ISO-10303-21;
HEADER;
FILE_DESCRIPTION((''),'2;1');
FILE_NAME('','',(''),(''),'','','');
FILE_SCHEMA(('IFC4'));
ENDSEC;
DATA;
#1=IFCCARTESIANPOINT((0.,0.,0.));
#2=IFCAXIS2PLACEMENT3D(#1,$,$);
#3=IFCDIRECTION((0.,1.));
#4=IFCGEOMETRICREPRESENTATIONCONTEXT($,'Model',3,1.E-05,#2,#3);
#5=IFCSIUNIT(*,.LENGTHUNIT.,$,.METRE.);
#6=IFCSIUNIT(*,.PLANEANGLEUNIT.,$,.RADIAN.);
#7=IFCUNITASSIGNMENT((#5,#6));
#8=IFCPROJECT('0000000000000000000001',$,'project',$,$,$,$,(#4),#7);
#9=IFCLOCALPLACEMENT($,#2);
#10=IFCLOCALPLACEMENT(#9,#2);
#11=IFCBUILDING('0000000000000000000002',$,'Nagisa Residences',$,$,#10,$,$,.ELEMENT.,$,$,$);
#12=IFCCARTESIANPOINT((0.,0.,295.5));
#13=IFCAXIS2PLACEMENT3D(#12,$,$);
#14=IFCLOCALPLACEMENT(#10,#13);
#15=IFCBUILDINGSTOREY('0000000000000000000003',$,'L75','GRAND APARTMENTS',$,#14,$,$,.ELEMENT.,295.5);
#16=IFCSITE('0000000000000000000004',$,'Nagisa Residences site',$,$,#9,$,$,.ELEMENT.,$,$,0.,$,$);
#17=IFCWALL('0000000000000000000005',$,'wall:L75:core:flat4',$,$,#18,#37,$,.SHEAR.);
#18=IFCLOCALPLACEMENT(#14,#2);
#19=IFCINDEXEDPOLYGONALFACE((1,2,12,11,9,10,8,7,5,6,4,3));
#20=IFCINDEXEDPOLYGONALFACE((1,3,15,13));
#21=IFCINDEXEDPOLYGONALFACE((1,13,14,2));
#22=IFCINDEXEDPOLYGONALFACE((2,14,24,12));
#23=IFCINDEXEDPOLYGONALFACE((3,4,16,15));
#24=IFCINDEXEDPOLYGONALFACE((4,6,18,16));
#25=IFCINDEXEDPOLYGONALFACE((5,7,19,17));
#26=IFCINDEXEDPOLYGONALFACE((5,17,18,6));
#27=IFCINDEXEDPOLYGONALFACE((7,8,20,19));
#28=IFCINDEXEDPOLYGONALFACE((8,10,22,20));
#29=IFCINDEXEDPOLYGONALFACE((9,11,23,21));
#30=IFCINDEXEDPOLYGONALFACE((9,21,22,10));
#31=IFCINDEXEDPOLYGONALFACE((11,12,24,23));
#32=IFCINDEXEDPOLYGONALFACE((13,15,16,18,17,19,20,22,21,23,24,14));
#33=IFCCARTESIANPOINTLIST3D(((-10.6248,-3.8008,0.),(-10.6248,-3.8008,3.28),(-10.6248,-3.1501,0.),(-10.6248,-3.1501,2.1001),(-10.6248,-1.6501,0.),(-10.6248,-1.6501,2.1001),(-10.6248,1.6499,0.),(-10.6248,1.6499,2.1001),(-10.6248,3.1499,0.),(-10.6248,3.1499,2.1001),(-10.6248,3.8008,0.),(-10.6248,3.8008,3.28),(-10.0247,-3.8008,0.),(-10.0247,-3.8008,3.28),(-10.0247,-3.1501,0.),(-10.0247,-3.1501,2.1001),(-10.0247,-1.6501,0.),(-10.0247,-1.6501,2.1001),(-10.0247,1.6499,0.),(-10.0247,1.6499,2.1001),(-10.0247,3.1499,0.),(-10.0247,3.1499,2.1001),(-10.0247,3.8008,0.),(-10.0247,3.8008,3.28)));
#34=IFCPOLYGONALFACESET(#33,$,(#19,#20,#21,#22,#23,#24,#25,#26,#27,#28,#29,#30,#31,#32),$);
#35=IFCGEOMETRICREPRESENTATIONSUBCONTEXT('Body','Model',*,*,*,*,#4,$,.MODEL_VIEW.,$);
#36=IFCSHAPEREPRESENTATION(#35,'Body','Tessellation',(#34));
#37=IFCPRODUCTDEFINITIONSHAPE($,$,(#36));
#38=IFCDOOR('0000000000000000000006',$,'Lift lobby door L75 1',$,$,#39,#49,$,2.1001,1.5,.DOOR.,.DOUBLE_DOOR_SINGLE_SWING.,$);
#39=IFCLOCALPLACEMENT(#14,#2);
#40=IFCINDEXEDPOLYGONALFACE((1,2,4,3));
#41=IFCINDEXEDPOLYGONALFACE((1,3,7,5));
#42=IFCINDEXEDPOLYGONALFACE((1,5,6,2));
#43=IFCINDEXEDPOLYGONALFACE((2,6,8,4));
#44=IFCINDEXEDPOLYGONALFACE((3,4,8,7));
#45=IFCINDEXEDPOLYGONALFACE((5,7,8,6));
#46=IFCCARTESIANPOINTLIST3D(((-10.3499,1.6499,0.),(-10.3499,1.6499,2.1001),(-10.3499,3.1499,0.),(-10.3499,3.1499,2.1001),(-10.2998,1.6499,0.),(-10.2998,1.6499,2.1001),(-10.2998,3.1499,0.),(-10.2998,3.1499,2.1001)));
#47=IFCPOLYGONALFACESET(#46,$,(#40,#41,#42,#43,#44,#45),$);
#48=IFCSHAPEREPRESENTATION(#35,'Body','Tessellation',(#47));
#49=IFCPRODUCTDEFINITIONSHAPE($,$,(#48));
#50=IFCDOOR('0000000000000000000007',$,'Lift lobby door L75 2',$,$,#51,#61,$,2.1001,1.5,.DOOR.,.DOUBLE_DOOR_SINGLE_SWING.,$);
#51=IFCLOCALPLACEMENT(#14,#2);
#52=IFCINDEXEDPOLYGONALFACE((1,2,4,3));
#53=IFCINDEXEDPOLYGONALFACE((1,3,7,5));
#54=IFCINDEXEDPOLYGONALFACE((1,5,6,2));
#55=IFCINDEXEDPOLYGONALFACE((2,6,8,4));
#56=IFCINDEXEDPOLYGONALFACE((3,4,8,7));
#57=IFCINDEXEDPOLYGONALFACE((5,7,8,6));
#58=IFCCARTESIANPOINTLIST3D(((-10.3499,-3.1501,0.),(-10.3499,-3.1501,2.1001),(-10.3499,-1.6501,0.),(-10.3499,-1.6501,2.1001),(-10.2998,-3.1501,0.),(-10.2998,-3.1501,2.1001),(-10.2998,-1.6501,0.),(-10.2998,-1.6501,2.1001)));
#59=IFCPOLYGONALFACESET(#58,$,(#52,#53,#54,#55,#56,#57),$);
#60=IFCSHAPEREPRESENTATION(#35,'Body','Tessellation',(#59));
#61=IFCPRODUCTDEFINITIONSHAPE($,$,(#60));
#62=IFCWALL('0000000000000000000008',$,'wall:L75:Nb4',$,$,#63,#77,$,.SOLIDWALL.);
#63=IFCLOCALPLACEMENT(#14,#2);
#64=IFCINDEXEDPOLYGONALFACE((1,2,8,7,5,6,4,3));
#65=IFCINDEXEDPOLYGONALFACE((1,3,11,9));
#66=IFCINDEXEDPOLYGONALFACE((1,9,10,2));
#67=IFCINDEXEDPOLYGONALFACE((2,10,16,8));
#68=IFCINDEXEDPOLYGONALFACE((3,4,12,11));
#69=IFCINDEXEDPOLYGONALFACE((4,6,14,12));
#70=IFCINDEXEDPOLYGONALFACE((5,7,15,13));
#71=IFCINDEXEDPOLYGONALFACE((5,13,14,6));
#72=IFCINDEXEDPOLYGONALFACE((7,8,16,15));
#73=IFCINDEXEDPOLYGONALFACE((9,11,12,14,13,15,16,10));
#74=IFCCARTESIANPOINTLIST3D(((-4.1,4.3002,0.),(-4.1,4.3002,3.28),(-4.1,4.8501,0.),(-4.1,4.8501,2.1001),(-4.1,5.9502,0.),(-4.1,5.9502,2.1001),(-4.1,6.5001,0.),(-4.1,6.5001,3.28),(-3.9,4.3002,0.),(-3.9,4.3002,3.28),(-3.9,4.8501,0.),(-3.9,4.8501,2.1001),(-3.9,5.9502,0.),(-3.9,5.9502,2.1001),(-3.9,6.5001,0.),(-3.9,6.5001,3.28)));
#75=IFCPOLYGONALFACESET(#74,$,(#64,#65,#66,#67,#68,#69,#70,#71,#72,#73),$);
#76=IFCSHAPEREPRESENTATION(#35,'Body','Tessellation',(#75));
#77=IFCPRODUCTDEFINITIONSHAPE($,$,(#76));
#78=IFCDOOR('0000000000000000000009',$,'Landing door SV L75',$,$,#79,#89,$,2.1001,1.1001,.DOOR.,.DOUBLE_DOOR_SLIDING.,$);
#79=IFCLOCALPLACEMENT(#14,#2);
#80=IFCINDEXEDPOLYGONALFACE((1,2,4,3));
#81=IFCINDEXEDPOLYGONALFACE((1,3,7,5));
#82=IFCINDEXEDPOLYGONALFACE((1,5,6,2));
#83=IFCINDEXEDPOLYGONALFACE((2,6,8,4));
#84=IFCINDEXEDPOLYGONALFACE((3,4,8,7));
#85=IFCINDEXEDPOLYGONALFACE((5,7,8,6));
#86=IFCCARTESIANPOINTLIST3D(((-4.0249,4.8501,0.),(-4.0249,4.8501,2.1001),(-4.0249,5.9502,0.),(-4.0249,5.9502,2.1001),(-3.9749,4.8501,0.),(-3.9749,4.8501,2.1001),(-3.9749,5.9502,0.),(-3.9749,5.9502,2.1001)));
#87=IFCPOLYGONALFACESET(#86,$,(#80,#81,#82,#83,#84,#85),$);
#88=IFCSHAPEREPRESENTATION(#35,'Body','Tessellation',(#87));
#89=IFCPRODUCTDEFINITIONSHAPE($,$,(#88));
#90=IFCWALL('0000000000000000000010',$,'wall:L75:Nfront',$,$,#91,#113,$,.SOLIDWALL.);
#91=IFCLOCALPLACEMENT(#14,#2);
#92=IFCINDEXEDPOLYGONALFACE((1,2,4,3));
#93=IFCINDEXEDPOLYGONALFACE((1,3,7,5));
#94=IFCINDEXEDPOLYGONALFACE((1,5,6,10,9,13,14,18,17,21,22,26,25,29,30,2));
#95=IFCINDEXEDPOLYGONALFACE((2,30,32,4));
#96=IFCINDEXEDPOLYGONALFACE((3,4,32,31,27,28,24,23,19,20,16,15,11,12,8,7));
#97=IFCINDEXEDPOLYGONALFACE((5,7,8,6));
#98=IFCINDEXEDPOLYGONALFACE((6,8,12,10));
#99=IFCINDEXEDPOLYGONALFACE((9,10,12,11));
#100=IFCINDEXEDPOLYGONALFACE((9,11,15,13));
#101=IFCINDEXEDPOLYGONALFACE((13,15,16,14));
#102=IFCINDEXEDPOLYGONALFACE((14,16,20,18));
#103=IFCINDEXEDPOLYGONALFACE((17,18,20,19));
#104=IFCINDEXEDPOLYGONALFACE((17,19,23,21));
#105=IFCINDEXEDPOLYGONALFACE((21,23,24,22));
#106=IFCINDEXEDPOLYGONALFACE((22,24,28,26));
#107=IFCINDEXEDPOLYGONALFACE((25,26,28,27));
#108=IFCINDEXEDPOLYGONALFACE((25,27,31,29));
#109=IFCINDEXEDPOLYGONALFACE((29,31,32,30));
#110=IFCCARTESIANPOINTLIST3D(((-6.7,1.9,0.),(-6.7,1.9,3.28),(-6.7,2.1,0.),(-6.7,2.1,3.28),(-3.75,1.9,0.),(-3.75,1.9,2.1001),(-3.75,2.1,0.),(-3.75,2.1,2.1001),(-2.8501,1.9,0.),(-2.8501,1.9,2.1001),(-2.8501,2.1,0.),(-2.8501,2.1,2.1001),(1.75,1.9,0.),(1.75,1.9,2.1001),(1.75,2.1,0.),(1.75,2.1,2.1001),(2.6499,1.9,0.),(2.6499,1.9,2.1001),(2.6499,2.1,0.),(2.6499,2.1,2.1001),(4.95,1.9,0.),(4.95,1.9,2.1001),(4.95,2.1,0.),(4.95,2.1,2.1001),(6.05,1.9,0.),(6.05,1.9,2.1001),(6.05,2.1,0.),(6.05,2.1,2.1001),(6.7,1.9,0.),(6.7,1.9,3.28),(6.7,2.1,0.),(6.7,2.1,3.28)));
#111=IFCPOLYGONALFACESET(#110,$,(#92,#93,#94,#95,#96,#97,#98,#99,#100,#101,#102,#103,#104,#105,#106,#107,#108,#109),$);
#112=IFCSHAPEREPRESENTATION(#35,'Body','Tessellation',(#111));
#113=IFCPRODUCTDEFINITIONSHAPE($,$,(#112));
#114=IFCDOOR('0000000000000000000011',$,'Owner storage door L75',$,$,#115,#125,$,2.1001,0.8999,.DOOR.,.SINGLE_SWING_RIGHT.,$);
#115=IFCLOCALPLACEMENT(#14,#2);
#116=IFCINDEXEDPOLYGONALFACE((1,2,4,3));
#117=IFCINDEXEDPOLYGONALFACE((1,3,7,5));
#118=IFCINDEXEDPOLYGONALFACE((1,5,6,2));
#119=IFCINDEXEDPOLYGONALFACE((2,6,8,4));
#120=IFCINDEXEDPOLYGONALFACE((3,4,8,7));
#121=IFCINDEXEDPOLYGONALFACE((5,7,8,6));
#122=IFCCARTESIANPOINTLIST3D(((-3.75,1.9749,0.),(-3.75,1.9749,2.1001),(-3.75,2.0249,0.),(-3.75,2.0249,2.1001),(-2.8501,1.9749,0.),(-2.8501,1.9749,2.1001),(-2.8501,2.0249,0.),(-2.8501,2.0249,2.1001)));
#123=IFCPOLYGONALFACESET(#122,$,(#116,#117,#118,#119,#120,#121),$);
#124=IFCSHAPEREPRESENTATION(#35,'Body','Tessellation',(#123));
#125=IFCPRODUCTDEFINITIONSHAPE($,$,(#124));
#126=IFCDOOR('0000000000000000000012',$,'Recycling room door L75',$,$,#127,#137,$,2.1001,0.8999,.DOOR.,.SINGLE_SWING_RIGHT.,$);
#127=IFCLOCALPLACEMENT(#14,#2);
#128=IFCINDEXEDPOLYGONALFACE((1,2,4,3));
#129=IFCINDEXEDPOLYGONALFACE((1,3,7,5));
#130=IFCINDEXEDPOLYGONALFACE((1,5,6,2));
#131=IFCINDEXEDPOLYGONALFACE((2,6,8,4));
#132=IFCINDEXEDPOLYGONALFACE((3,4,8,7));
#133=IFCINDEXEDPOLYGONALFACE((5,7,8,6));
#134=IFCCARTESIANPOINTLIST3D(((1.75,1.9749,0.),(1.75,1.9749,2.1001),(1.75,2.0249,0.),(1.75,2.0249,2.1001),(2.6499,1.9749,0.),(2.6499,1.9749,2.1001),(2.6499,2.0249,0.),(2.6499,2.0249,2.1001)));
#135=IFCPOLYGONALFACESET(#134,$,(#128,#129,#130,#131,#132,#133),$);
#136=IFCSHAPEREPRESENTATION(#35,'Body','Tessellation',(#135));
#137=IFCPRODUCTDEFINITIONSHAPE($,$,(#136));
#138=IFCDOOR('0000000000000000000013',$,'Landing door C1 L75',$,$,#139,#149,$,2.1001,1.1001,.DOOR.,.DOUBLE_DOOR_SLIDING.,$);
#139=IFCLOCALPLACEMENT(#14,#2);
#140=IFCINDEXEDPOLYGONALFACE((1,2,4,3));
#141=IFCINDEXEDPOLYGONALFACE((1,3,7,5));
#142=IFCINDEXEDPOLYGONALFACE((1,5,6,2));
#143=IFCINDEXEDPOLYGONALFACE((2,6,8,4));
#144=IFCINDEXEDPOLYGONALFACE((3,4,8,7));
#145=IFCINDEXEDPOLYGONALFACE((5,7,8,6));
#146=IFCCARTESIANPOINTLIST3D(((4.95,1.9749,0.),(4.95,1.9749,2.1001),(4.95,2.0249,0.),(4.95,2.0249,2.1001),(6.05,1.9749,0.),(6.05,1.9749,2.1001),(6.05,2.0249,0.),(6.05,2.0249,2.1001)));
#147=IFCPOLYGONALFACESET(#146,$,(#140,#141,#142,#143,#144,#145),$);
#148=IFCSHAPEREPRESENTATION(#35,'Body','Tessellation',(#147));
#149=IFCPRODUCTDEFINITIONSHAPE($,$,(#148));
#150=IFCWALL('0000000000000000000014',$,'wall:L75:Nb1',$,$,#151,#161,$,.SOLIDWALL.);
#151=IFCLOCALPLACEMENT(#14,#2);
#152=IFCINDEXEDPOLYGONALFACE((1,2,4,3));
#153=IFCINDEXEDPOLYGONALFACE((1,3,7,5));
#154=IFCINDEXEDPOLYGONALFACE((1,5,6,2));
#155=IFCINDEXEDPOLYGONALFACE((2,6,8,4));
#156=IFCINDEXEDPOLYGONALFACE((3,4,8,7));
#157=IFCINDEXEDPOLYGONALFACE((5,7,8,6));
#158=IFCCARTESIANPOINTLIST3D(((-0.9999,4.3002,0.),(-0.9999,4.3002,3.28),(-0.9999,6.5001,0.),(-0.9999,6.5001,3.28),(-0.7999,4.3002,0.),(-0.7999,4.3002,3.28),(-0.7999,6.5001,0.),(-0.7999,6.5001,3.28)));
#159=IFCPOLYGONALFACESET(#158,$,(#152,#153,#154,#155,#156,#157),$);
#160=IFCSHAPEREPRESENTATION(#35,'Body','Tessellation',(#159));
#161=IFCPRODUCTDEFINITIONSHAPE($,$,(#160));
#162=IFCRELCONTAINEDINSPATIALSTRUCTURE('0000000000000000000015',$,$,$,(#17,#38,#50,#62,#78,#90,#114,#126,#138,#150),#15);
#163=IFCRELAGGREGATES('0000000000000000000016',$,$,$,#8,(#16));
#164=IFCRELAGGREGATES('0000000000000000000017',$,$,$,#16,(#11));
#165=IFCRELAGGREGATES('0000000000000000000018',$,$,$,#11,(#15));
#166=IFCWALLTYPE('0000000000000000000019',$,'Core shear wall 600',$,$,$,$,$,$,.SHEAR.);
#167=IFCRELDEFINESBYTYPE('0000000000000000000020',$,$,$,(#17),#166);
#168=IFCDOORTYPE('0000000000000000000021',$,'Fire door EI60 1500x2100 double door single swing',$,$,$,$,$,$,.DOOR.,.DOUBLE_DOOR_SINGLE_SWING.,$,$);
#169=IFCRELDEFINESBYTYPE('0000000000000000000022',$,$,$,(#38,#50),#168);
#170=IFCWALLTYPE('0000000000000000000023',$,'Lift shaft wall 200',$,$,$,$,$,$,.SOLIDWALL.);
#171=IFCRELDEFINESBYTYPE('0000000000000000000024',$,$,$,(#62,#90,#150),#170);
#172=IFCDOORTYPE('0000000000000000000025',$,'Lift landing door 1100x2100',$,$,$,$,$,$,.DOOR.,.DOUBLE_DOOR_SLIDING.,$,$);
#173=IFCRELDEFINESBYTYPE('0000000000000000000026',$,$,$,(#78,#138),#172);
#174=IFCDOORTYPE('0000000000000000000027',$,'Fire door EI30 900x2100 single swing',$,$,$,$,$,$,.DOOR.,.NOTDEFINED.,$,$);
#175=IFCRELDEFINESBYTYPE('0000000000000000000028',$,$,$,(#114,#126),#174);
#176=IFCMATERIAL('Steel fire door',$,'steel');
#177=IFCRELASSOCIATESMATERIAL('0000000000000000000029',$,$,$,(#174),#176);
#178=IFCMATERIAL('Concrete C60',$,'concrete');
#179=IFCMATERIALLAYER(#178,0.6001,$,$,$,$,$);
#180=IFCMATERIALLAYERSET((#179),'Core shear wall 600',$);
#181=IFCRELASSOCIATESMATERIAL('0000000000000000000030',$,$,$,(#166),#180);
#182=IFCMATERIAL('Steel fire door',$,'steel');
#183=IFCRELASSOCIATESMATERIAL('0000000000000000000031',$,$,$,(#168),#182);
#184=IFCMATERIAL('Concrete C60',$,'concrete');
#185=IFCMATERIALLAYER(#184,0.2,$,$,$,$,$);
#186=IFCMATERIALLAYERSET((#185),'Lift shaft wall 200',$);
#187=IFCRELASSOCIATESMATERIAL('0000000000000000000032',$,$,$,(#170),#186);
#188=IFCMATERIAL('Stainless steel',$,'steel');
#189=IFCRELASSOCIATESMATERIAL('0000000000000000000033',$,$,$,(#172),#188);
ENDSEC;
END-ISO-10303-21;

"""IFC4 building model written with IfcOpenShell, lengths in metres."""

from ifc_helpers import new_model, si_unit, direction, frame, frame_2d, origin, place, context, subcontext, project, spatial, rectangle, extrude, material, layer, layer_set, type_object, element, fill, save


model = new_model("IFC4")

# Units and contexts
model_context = context("Model", 3, precision=1e-05, world=origin(), true_north=direction((0.0, 1.0)))
body_context = subcontext(model_context, "Body", "Model", "MODEL_VIEW")
ifc_project = project(units=[si_unit("LENGTHUNIT", "METRE"), si_unit("PLANEANGLEUNIT", "RADIAN")], contexts=[model_context])

# Site, building, storey
site_placement = place(None, origin())
site = spatial("IfcSite", under=ifc_project, at=site_placement, Name="Nagisa Residences site", CompositionType="ELEMENT", RefElevation=0.0)
building_placement = place(site_placement, origin())
building = spatial("IfcBuilding", under=site, at=building_placement, Name="Nagisa Residences", CompositionType="ELEMENT")
storey_placement = place(building_placement, frame((0.0, 0.0, 295.5)))
storey = spatial("IfcBuildingStorey", under=building, at=storey_placement, Name="L75", Description="GRAND APARTMENTS", CompositionType="ELEMENT", Elevation=295.5)

# Shared definitions
ifc_material_1 = material(Name="Steel fire door", Category="steel")
door_type_1 = type_object("IfcDoorType", Name="Fire door EI30 900x2100 single swing", OperationType="NOTDEFINED", PredefinedType="DOOR", material=ifc_material_1)

# Wall, openings, doors
ifc_material_2 = material(Name="Concrete C60", Category="concrete")
ifc_layer_1 = layer(ifc_material_2, 0.6001)
ifc_layer_set_1 = layer_set([ifc_layer_1], Name="Core shear wall 600")
wall_type_1 = type_object("IfcWallType", Name="Core shear wall 600", PredefinedType="SHEAR", material=ifc_layer_set_1)
wall_1_placement = place(storey_placement, frame((-10.3247, 3.8008, 0.0), z_axis=(0.0, 0.0, 1.0), x_axis=(0.0, -1.0, 0.0)))
wall_1 = element("IfcWall", 1, at=wall_1_placement, inside=storey, type_object=wall_type_1, Name="wall:L75:core:flat4", PredefinedType="SHEAR", context=body_context, shape_type="SweptSolid", body=[
    extrude(rectangle(XDim=7.6016, YDim=0.6001, at=frame_2d((3.8008, 0.0))), origin(), (0.0, 0.0, 1.0), 3.28),
])
opening_1_placement = place(wall_1_placement, frame((0.6509, 0.0, 0.0)))
opening_1 = element("IfcOpeningElement", 2, at=opening_1_placement, cuts=wall_1, PredefinedType="OPENING", context=body_context, shape_type="SweptSolid", body=[
    extrude(rectangle(XDim=1.5, YDim=2.1001, at=frame_2d((0.75, 1.05))), frame((0.0, 0.3101, 0.0), z_axis=(0.0, -1.0, 0.0), x_axis=(1.0, 0.0, 0.0)), (0.0, 0.0, 1.0), 0.6201),
])
opening_2_placement = place(wall_1_placement, frame((5.4509, 0.0, 0.0)))
opening_2 = element("IfcOpeningElement", 3, at=opening_2_placement, cuts=wall_1, PredefinedType="OPENING", context=body_context, shape_type="SweptSolid", body=[
    extrude(rectangle(XDim=1.5, YDim=2.1001, at=frame_2d((0.75, 1.05))), frame((0.0, 0.3101, 0.0), z_axis=(0.0, -1.0, 0.0), x_axis=(1.0, 0.0, 0.0)), (0.0, 0.0, 1.0), 0.6201),
])
ifc_material_3 = material(Name="Steel fire door", Category="steel")
door_type_2 = type_object("IfcDoorType", Name="Fire door EI60 1500x2100 double door single swing", OperationType="DOUBLE_DOOR_SINGLE_SWING", PredefinedType="DOOR", material=ifc_material_3)
door_1_placement = place(opening_1_placement, origin())
door_1 = element("IfcDoor", 4, at=door_1_placement, inside=storey, type_object=door_type_2, Name="Lift lobby door L75 1", OperationType="DOUBLE_DOOR_SINGLE_SWING", OverallHeight=2.1001, OverallWidth=1.5, PredefinedType="DOOR", context=body_context, shape_type="SweptSolid", body=[
    extrude(rectangle(XDim=1.5, YDim=2.1001, at=frame_2d((0.75, 1.05))), frame((0.0, 0.0249, 0.0), z_axis=(0.0, -1.0, 0.0), x_axis=(1.0, 0.0, 0.0)), (0.0, 0.0, 1.0), 0.05),
])
fill(opening_1, door_1)
door_2_placement = place(opening_2_placement, origin())
door_2 = element("IfcDoor", 5, at=door_2_placement, inside=storey, type_object=door_type_2, Name="Lift lobby door L75 2", OperationType="DOUBLE_DOOR_SINGLE_SWING", OverallHeight=2.1001, OverallWidth=1.5, PredefinedType="DOOR", context=body_context, shape_type="SweptSolid", body=[
    extrude(rectangle(XDim=1.5, YDim=2.1001, at=frame_2d((0.75, 1.05))), frame((0.0, 0.0249, 0.0), z_axis=(0.0, -1.0, 0.0), x_axis=(1.0, 0.0, 0.0)), (0.0, 0.0, 1.0), 0.05),
])
fill(opening_2, door_2)

# Wall, opening, door
ifc_material_4 = material(Name="Concrete C60", Category="concrete")
ifc_layer_2 = layer(ifc_material_4, 0.2)
ifc_layer_set_2 = layer_set([ifc_layer_2], Name="Lift shaft wall 200")
wall_type_2 = type_object("IfcWallType", Name="Lift shaft wall 200", PredefinedType="SOLIDWALL", material=ifc_layer_set_2)
wall_2_placement = place(storey_placement, frame((-4.0, 4.3, 0.0), z_axis=(0.0, 0.0, 1.0), x_axis=(0.0, 1.0, 0.0)))
wall_2 = element("IfcWall", 6, at=wall_2_placement, inside=storey, type_object=wall_type_2, Name="wall:L75:Nb4", PredefinedType="SOLIDWALL", context=body_context, shape_type="SweptSolid", body=[
    extrude(rectangle(XDim=2.2, YDim=0.2, at=frame_2d((1.1001, 0.0))), origin(), (0.0, 0.0, 1.0), 3.28),
])
opening_3_placement = place(wall_2_placement, frame((0.55, 0.0, 0.0)))
opening_3 = element("IfcOpeningElement", 7, at=opening_3_placement, cuts=wall_2, PredefinedType="OPENING", context=body_context, shape_type="SweptSolid", body=[
    extrude(rectangle(XDim=1.1001, YDim=2.1001, at=frame_2d((0.55, 1.05))), frame((0.0, 0.1099, 0.0), z_axis=(0.0, -1.0, 0.0), x_axis=(1.0, 0.0, 0.0)), (0.0, 0.0, 1.0), 0.22),
])
ifc_material_5 = material(Name="Stainless steel", Category="steel")
door_type_3 = type_object("IfcDoorType", Name="Lift landing door 1100x2100", OperationType="DOUBLE_DOOR_SLIDING", PredefinedType="DOOR", material=ifc_material_5)
door_3_placement = place(opening_3_placement, origin())
door_3 = element("IfcDoor", 8, at=door_3_placement, inside=storey, type_object=door_type_3, Name="Landing door SV L75", OperationType="DOUBLE_DOOR_SLIDING", OverallHeight=2.1001, OverallWidth=1.1001, PredefinedType="DOOR", context=body_context, shape_type="SweptSolid", body=[
    extrude(rectangle(XDim=1.1001, YDim=2.1001, at=frame_2d((0.55, 1.05))), frame((0.0, 0.0249, 0.0), z_axis=(0.0, -1.0, 0.0), x_axis=(1.0, 0.0, 0.0)), (0.0, 0.0, 1.0), 0.05),
])
fill(opening_3, door_3)

# Wall, openings, doors
wall_3_placement = place(storey_placement, frame((-6.7, 2.0, 0.0), z_axis=(0.0, 0.0, 1.0), x_axis=(1.0, 0.0, 0.0)))
wall_3 = element("IfcWall", 9, at=wall_3_placement, inside=storey, type_object=wall_type_2, Name="wall:L75:Nfront", PredefinedType="SOLIDWALL", context=body_context, shape_type="SweptSolid", body=[
    extrude(rectangle(XDim=13.3999, YDim=0.2, at=frame_2d((6.7, 0.0))), origin(), (0.0, 0.0, 1.0), 3.28),
])
opening_4_placement = place(wall_3_placement, frame((11.6499, 0.0, 0.0)))
opening_4 = element("IfcOpeningElement", 10, at=opening_4_placement, cuts=wall_3, PredefinedType="OPENING", context=body_context, shape_type="SweptSolid", body=[
    extrude(rectangle(XDim=1.1001, YDim=2.1001, at=frame_2d((0.55, 1.05))), frame((0.0, 0.1099, 0.0), z_axis=(0.0, -1.0, 0.0), x_axis=(1.0, 0.0, 0.0)), (0.0, 0.0, 1.0), 0.22),
])
opening_5_placement = place(wall_3_placement, frame((2.95, 0.0, 0.0)))
opening_5 = element("IfcOpeningElement", 11, at=opening_5_placement, cuts=wall_3, PredefinedType="OPENING", context=body_context, shape_type="SweptSolid", body=[
    extrude(rectangle(XDim=0.8999, YDim=2.1001, at=frame_2d((0.45, 1.05))), frame((0.0, 0.1099, 0.0), z_axis=(0.0, -1.0, 0.0), x_axis=(1.0, 0.0, 0.0)), (0.0, 0.0, 1.0), 0.22),
])
opening_6_placement = place(wall_3_placement, frame((8.45, 0.0, 0.0)))
opening_6 = element("IfcOpeningElement", 12, at=opening_6_placement, cuts=wall_3, PredefinedType="OPENING", context=body_context, shape_type="SweptSolid", body=[
    extrude(rectangle(XDim=0.8999, YDim=2.1001, at=frame_2d((0.45, 1.05))), frame((0.0, 0.1099, 0.0), z_axis=(0.0, -1.0, 0.0), x_axis=(1.0, 0.0, 0.0)), (0.0, 0.0, 1.0), 0.22),
])
door_4_placement = place(opening_5_placement, origin())
door_4 = element("IfcDoor", 13, at=door_4_placement, inside=storey, type_object=door_type_1, Name="Owner storage door L75", OperationType="SINGLE_SWING_RIGHT", OverallHeight=2.1001, OverallWidth=0.8999, PredefinedType="DOOR", context=body_context, shape_type="SweptSolid", body=[
    extrude(rectangle(XDim=0.8999, YDim=2.1001, at=frame_2d((0.45, 1.05))), frame((0.0, 0.0249, 0.0), z_axis=(0.0, -1.0, 0.0), x_axis=(1.0, 0.0, 0.0)), (0.0, 0.0, 1.0), 0.05),
])
fill(opening_5, door_4)
door_5_placement = place(opening_6_placement, origin())
door_5 = element("IfcDoor", 14, at=door_5_placement, inside=storey, type_object=door_type_1, Name="Recycling room door L75", OperationType="SINGLE_SWING_RIGHT", OverallHeight=2.1001, OverallWidth=0.8999, PredefinedType="DOOR", context=body_context, shape_type="SweptSolid", body=[
    extrude(rectangle(XDim=0.8999, YDim=2.1001, at=frame_2d((0.45, 1.05))), frame((0.0, 0.0249, 0.0), z_axis=(0.0, -1.0, 0.0), x_axis=(1.0, 0.0, 0.0)), (0.0, 0.0, 1.0), 0.05),
])
fill(opening_6, door_5)
door_6_placement = place(opening_4_placement, origin())
door_6 = element("IfcDoor", 15, at=door_6_placement, inside=storey, type_object=door_type_3, Name="Landing door C1 L75", OperationType="DOUBLE_DOOR_SLIDING", OverallHeight=2.1001, OverallWidth=1.1001, PredefinedType="DOOR", context=body_context, shape_type="SweptSolid", body=[
    extrude(rectangle(XDim=1.1001, YDim=2.1001, at=frame_2d((0.55, 1.05))), frame((0.0, 0.0249, 0.0), z_axis=(0.0, -1.0, 0.0), x_axis=(1.0, 0.0, 0.0)), (0.0, 0.0, 1.0), 0.05),
])
fill(opening_4, door_6)

# Wall
wall_4_placement = place(storey_placement, frame((-0.8999, 4.3, 0.0), z_axis=(0.0, 0.0, 1.0), x_axis=(0.0, 1.0, 0.0)))
element("IfcWall", 16, at=wall_4_placement, inside=storey, type_object=wall_type_2, Name="wall:L75:Nb1", PredefinedType="SOLIDWALL", context=body_context, shape_type="SweptSolid", body=[
    extrude(rectangle(XDim=2.2, YDim=0.2, at=frame_2d((1.1001, 0.0))), origin(), (0.0, 0.0, 1.0), 3.28),
])

save(model, "model.ifc")
